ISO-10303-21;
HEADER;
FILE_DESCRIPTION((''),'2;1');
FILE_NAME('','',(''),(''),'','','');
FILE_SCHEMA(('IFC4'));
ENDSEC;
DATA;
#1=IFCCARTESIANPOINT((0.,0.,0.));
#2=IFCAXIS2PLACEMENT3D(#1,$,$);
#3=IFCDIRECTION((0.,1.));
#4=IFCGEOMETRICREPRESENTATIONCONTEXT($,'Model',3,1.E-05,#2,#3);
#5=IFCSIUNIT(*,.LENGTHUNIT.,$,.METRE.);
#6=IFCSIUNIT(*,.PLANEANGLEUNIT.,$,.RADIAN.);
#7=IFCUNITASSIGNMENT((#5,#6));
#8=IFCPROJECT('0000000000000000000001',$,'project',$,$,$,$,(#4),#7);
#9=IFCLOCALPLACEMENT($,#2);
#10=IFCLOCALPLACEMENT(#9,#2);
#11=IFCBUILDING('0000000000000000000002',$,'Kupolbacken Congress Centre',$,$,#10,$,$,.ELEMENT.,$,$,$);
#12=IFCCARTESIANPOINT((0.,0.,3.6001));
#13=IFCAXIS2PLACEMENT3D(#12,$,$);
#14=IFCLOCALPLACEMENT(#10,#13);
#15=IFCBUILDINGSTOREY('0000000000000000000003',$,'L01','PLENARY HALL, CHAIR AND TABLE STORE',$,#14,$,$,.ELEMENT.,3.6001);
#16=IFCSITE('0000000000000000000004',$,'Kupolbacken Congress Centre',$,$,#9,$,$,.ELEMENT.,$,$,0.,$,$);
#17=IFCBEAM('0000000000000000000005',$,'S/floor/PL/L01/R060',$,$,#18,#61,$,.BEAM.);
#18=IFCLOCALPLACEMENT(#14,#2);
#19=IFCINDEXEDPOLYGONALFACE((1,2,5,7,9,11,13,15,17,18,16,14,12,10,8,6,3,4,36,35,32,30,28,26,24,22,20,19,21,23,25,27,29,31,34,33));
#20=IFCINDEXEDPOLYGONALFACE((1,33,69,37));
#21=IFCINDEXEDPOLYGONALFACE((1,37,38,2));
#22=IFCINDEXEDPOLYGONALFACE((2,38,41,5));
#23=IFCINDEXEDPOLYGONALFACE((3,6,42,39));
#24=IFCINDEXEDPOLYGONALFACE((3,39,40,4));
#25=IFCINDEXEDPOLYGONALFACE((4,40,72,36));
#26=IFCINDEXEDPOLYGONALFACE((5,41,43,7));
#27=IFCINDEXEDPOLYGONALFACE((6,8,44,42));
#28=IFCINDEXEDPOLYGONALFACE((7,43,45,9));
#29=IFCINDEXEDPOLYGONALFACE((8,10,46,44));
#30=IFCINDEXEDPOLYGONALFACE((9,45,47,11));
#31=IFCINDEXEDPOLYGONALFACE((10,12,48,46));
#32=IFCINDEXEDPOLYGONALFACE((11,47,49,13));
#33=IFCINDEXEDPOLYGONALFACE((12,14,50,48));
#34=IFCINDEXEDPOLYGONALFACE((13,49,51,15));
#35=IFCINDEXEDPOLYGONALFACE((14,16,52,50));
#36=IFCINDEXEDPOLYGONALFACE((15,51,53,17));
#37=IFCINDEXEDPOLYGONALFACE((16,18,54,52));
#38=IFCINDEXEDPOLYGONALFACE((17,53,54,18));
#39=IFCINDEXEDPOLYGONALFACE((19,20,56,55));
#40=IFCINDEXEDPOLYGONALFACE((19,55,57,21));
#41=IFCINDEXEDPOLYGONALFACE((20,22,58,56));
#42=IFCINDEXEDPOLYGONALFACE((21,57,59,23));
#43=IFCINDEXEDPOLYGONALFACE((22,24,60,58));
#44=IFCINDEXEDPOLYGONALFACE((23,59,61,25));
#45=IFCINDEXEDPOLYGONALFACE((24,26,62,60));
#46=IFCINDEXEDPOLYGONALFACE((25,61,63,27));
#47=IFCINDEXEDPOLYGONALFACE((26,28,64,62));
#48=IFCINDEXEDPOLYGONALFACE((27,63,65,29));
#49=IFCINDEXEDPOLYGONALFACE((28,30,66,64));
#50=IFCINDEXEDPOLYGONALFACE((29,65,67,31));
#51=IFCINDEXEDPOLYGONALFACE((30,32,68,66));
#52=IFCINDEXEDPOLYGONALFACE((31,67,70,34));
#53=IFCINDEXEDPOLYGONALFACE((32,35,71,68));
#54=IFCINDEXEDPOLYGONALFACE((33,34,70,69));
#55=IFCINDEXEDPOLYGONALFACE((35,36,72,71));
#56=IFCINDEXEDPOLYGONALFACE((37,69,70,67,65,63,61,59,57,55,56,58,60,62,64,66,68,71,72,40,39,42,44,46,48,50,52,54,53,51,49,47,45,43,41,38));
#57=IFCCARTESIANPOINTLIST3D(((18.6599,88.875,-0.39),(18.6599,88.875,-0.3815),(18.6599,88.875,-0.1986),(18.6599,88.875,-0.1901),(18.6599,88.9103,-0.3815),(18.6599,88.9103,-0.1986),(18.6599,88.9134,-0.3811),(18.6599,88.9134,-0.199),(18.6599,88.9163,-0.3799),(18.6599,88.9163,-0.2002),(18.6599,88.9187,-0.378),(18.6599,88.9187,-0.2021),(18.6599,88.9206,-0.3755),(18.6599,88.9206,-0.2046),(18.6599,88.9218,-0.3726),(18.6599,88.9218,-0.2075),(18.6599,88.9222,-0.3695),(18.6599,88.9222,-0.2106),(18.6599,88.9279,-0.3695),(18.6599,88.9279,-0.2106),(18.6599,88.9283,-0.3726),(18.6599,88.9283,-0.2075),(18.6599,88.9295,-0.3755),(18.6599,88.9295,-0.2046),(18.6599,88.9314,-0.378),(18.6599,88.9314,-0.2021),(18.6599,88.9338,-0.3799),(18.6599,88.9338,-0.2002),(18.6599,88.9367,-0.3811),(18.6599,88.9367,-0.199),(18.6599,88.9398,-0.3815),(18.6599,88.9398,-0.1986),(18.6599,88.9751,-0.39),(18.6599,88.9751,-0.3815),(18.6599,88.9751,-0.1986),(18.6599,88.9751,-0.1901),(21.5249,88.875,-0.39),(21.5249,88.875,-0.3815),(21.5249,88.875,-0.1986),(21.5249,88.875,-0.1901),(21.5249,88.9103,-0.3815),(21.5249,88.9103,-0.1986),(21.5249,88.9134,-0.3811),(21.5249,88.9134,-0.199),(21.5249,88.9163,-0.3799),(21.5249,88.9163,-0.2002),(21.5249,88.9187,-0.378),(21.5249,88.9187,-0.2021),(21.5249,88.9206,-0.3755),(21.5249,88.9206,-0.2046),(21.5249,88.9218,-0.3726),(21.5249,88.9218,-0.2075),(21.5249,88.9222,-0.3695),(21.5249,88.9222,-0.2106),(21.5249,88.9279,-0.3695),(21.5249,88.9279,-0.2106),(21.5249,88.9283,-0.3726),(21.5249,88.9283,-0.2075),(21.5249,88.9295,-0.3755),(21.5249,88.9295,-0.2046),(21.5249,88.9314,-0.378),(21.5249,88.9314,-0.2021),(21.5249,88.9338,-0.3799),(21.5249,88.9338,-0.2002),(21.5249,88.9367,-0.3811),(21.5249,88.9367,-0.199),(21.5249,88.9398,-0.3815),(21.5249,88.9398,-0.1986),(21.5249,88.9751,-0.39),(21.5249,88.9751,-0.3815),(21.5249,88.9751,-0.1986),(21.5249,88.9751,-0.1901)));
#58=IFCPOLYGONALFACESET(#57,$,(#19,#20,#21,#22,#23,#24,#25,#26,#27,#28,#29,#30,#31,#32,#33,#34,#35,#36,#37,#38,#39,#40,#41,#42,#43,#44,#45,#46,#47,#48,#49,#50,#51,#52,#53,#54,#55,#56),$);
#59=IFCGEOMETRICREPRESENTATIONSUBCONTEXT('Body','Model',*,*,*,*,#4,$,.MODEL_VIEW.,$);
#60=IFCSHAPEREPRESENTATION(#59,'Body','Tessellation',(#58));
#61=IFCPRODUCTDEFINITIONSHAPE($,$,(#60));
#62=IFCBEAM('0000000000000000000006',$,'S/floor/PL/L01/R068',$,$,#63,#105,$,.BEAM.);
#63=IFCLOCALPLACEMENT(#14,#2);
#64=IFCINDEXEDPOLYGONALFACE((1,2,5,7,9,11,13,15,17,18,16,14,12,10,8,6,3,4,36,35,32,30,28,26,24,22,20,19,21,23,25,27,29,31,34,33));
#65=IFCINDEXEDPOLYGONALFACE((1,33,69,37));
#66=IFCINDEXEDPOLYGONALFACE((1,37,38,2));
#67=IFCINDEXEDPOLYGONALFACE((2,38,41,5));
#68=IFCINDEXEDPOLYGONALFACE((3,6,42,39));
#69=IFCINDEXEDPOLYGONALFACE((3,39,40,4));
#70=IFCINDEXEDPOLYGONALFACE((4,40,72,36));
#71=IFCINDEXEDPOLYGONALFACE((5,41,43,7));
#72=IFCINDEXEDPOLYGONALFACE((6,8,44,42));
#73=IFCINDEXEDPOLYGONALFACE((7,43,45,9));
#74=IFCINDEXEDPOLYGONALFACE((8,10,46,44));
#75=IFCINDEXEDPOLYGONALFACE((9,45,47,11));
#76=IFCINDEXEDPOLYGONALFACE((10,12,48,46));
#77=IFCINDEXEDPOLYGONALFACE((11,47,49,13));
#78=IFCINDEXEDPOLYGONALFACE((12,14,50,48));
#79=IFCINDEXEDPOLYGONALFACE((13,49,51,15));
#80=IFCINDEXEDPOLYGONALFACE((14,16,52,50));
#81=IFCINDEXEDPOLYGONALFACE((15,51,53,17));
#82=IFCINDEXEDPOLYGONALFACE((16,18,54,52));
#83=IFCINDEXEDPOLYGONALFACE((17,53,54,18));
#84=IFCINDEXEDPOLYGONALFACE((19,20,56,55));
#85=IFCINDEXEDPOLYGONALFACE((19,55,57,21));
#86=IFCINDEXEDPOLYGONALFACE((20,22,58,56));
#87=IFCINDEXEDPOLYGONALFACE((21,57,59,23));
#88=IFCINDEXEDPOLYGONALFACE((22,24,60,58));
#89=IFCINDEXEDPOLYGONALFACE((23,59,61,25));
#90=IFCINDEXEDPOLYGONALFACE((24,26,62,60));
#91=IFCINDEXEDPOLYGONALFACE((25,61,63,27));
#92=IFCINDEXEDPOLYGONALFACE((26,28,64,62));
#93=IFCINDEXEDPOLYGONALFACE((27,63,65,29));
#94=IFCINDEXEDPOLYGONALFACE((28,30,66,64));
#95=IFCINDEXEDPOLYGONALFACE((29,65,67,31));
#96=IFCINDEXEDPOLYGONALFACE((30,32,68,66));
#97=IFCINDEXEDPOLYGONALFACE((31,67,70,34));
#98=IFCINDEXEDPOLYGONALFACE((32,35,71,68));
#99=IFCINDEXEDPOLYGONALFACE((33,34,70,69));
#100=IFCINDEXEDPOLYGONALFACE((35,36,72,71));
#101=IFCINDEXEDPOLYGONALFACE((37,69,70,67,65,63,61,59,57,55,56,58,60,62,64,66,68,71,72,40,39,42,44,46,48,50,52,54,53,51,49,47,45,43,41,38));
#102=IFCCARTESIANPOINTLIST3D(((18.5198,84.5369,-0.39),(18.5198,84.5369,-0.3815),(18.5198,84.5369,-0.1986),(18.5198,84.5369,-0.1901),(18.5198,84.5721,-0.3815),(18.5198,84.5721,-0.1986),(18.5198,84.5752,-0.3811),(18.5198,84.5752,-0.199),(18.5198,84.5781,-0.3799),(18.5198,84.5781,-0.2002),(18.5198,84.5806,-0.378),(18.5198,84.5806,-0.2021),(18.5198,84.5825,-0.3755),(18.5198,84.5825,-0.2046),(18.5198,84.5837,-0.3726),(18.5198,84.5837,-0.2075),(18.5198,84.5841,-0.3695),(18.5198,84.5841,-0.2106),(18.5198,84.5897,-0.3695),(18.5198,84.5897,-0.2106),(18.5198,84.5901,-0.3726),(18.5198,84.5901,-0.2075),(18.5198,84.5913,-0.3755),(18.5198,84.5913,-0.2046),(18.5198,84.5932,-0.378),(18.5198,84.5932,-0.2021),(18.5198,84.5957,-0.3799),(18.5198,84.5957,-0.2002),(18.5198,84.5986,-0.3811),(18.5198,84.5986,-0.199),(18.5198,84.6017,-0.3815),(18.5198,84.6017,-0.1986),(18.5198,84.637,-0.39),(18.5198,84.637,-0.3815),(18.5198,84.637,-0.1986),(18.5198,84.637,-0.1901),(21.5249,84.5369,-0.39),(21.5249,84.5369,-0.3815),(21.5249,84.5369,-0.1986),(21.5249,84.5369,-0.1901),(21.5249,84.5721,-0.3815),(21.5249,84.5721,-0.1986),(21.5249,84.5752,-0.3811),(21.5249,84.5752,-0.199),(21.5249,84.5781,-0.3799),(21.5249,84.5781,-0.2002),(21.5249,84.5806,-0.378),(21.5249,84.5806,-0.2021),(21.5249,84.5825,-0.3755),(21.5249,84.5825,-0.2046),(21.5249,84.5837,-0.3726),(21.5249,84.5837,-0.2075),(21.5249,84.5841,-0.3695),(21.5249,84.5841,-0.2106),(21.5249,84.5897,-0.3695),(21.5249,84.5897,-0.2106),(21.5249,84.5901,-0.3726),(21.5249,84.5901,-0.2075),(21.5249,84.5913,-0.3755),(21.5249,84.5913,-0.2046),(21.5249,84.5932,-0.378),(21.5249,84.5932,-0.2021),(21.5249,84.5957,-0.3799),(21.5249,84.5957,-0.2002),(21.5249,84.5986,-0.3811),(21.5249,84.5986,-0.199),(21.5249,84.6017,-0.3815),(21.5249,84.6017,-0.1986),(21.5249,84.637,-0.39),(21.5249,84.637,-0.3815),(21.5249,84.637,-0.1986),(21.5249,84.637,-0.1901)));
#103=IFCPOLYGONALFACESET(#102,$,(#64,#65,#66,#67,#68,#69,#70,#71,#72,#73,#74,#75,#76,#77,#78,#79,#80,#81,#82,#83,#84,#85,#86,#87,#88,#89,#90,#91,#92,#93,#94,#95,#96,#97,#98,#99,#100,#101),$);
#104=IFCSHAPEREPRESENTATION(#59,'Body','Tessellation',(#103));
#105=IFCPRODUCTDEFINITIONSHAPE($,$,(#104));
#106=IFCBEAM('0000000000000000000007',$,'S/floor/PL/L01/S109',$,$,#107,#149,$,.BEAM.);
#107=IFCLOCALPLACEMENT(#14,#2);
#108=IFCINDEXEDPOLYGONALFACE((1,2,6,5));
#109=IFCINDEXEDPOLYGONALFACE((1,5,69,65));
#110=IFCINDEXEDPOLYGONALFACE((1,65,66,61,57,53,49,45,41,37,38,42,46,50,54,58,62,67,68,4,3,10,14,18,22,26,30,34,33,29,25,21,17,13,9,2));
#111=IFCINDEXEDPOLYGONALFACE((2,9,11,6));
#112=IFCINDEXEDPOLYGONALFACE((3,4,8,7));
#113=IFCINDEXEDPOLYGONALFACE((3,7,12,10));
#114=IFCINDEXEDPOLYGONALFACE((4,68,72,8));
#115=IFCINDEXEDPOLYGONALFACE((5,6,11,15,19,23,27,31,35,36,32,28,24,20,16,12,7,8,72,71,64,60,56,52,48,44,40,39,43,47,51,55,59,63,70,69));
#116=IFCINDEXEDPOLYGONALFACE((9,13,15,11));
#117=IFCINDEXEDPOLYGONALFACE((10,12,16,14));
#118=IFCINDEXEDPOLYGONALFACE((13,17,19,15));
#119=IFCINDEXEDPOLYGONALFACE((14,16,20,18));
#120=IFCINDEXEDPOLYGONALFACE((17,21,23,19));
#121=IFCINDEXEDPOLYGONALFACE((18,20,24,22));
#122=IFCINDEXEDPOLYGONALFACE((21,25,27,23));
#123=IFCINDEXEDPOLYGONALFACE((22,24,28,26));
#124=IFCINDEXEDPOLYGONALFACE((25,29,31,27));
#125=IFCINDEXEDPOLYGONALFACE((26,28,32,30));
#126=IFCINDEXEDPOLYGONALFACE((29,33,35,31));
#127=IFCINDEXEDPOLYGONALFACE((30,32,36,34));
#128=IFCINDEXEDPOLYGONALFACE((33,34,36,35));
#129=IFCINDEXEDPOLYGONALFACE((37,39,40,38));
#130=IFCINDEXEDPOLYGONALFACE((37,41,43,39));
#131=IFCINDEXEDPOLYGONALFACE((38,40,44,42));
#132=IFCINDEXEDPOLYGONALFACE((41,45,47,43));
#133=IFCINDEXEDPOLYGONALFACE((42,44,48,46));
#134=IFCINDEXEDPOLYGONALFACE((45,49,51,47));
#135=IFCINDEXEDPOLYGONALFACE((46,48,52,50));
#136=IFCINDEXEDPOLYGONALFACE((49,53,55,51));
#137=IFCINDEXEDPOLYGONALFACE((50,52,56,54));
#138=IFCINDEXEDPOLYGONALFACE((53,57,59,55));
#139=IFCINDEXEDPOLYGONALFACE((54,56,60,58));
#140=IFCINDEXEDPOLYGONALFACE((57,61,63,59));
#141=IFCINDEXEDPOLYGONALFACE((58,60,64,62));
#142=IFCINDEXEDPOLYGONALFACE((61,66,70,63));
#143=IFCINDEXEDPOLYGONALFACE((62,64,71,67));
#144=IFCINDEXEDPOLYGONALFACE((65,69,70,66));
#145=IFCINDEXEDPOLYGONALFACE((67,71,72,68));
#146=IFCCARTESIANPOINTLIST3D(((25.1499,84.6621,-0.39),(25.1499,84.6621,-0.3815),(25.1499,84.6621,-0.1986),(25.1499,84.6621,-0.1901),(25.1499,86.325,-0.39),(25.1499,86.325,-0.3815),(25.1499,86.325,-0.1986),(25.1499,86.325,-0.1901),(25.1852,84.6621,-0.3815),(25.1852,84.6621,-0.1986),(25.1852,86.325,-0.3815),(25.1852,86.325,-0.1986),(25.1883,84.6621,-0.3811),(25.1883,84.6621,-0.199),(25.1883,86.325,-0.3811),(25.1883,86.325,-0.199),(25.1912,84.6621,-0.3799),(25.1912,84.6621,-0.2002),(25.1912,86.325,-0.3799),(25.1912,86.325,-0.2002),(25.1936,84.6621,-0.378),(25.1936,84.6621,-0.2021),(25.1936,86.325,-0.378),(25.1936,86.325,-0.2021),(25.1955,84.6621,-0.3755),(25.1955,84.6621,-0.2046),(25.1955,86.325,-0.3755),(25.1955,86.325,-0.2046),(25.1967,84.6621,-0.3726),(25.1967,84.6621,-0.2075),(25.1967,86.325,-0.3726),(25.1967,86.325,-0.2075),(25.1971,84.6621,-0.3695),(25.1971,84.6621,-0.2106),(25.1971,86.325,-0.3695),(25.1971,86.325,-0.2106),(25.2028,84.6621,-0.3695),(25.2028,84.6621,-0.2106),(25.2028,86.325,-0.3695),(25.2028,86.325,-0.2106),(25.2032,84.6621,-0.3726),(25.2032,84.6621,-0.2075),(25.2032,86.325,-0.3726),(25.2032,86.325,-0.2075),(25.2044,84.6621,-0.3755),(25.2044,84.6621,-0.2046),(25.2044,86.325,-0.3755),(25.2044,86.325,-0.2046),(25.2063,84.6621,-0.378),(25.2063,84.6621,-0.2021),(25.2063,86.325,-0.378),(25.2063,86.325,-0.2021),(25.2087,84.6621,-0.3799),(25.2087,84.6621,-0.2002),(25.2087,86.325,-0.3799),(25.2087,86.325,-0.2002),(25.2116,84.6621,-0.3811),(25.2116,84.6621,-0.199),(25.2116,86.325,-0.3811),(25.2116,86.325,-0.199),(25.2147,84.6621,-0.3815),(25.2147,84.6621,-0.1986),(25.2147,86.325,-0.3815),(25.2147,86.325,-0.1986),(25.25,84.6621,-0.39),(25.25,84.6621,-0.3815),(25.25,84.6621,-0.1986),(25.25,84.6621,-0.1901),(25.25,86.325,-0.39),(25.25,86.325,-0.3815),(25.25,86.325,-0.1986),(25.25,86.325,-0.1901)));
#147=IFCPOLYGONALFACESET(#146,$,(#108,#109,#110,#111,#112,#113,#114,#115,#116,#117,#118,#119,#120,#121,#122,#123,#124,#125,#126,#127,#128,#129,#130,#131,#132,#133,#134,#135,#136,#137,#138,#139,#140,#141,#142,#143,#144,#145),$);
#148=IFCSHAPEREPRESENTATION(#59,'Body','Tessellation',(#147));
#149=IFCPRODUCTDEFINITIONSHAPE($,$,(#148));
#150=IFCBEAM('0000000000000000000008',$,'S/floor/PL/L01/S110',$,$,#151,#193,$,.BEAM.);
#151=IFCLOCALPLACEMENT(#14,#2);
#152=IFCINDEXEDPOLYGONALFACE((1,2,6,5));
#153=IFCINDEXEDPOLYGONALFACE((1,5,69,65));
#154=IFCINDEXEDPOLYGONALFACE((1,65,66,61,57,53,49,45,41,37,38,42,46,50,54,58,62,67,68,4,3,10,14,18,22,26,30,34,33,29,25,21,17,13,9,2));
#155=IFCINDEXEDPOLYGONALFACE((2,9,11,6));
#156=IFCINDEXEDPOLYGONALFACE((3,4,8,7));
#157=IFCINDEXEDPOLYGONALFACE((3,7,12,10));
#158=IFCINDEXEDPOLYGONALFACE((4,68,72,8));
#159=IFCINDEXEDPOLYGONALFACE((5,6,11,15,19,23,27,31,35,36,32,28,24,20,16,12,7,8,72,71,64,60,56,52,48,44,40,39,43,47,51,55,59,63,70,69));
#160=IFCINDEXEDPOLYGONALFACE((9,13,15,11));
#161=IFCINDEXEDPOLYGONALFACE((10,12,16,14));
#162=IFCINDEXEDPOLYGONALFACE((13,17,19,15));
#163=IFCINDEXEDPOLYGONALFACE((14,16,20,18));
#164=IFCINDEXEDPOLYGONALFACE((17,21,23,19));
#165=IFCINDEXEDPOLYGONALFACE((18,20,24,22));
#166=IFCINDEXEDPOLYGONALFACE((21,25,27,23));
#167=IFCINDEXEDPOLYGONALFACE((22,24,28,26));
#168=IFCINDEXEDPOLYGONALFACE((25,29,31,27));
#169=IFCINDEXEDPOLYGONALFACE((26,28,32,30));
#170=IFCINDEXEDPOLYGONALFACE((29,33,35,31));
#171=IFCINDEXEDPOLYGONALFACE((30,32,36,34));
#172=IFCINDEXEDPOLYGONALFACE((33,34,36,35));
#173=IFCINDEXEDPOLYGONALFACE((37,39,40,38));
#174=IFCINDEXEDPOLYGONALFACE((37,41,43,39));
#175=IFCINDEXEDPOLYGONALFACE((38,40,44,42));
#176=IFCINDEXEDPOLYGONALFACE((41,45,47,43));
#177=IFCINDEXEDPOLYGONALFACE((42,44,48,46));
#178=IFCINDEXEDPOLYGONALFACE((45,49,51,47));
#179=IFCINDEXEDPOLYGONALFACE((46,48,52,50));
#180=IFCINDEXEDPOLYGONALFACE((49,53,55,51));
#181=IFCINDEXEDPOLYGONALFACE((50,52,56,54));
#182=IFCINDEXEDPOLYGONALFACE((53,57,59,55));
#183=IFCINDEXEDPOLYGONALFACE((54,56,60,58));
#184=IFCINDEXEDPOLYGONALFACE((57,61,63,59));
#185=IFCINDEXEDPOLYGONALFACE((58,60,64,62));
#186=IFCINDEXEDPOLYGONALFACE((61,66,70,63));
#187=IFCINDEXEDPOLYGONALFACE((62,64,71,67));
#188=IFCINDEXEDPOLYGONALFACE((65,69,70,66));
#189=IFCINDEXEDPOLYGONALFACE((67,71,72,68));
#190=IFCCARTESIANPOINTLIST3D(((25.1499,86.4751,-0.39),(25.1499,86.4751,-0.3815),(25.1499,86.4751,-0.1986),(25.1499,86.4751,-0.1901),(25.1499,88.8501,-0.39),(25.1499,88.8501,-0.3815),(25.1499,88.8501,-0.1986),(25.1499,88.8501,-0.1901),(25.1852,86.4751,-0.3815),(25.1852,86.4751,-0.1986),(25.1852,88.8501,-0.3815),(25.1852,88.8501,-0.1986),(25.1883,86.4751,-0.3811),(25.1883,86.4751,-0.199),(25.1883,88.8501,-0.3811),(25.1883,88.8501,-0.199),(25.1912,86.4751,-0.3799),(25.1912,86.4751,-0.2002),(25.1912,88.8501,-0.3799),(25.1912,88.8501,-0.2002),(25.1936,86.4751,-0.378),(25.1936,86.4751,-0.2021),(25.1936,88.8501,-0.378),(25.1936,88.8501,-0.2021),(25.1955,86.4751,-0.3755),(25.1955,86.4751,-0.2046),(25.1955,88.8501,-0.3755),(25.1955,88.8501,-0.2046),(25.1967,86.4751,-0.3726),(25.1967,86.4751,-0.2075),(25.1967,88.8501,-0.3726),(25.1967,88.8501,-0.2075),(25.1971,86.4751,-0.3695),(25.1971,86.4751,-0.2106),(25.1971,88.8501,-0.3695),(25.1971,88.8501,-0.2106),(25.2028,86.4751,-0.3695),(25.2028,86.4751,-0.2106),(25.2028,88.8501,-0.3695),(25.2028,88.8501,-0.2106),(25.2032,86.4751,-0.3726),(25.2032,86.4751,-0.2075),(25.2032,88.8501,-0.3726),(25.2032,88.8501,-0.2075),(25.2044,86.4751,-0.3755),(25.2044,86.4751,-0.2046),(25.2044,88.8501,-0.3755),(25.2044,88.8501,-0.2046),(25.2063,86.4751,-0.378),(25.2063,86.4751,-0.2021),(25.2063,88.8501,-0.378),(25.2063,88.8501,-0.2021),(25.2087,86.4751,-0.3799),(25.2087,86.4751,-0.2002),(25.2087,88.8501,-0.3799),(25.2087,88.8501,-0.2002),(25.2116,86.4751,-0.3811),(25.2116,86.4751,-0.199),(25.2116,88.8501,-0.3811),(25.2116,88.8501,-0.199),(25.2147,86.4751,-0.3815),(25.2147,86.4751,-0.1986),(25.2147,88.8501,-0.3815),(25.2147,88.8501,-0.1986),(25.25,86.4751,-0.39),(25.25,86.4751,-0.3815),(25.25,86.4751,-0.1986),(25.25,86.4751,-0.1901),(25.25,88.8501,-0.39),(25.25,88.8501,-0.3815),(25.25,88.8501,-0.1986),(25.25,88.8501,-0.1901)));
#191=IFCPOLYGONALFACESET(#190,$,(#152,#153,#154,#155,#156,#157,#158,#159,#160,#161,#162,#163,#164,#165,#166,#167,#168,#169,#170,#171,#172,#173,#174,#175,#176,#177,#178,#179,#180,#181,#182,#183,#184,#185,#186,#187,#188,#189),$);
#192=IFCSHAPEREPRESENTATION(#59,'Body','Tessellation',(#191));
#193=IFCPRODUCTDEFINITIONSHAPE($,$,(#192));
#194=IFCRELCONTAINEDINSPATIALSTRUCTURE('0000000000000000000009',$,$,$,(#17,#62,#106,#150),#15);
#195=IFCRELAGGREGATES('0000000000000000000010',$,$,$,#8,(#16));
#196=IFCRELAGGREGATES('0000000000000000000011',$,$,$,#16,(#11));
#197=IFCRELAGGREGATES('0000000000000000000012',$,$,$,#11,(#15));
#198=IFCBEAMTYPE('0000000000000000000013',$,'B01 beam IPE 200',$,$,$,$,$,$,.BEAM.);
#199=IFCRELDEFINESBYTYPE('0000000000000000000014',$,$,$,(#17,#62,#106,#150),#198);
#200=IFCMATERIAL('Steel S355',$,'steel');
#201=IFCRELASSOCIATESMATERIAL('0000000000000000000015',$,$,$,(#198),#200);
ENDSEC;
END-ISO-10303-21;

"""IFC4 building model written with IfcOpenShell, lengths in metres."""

from ifc_helpers import new_model, si_unit, direction, frame, origin, origin_2d, place, context, subcontext, project, spatial, i_section, extrude, material, material_profile, profile_set, type_object, element, save


model = new_model("IFC4")

# Units and contexts
model_context = context("Model", 3, precision=1e-05, world=origin(), true_north=direction((0.0, 1.0)))
body_context = subcontext(model_context, "Body", "Model", "MODEL_VIEW")
ifc_project = project(units=[si_unit("LENGTHUNIT", "METRE"), si_unit("PLANEANGLEUNIT", "RADIAN")], contexts=[model_context])

# Site, building, storey
site_placement = place(None, origin())
site = spatial("IfcSite", under=ifc_project, at=site_placement, Name="Kupolbacken Congress Centre", CompositionType="ELEMENT", RefElevation=0.0)
building_placement = place(site_placement, origin())
building = spatial("IfcBuilding", under=site, at=building_placement, Name="Kupolbacken Congress Centre", CompositionType="ELEMENT")
storey_placement = place(building_placement, frame((0.0, 0.0, 3.6001)))
storey = spatial("IfcBuildingStorey", under=building, at=storey_placement, Name="L01", Description="PLENARY HALL, CHAIR AND TABLE STORE", CompositionType="ELEMENT", Elevation=3.6001)

# Beams
ifc_material_1 = material(Name="Steel S355", Category="steel")
ifc_material_profile_1 = material_profile(ifc_material_1, i_section(OverallWidth=0.1001, OverallDepth=0.2, WebThickness=0.0056, FlangeThickness=0.0085, FilletRadius=0.012, at=origin_2d()), Name="IPE 200")
ifc_profile_set_1 = profile_set([ifc_material_profile_1], Name="Steel S355")
beam_type_1 = type_object("IfcBeamType", Name="B01 beam IPE 200", PredefinedType="BEAM", material=ifc_profile_set_1)
beam_1_placement = place(storey_placement, frame((18.6599, 88.925, -0.29), z_axis=(1.0, 0.0, 0.0), x_axis=(0.0, 1.0, 0.0)))
element("IfcBeam", 1, at=beam_1_placement, inside=storey, type_object=beam_type_1, Name="S/floor/PL/L01/R060", PredefinedType="BEAM", context=body_context, shape_type="SweptSolid", body=[
    extrude(i_section(OverallWidth=0.1001, OverallDepth=0.2, WebThickness=0.0056, FlangeThickness=0.0085, FilletRadius=0.012, at=origin_2d()), origin(), (0.0, 0.0, 1.0), 2.865),
])
beam_2_placement = place(storey_placement, frame((18.5198, 84.5869, -0.29), z_axis=(1.0, 0.0, 0.0), x_axis=(0.0, 1.0, 0.0)))
element("IfcBeam", 2, at=beam_2_placement, inside=storey, type_object=beam_type_1, Name="S/floor/PL/L01/R068", PredefinedType="BEAM", context=body_context, shape_type="SweptSolid", body=[
    extrude(i_section(OverallWidth=0.1001, OverallDepth=0.2, WebThickness=0.0056, FlangeThickness=0.0085, FilletRadius=0.012, at=origin_2d()), origin(), (0.0, 0.0, 1.0), 3.0051),
])
beam_3_placement = place(storey_placement, frame((25.2, 84.6621, -0.29), z_axis=(0.0, 1.0, 0.0), x_axis=(-1.0, 0.0, 0.0)))
element("IfcBeam", 3, at=beam_3_placement, inside=storey, type_object=beam_type_1, Name="S/floor/PL/L01/S109", PredefinedType="BEAM", context=body_context, shape_type="SweptSolid", body=[
    extrude(i_section(OverallWidth=0.1001, OverallDepth=0.2, WebThickness=0.0056, FlangeThickness=0.0085, FilletRadius=0.012, at=origin_2d()), origin(), (0.0, 0.0, 1.0), 1.6628),
])
beam_4_placement = place(storey_placement, frame((25.2, 86.4751, -0.29), z_axis=(0.0, 1.0, 0.0), x_axis=(-1.0, 0.0, 0.0)))
element("IfcBeam", 4, at=beam_4_placement, inside=storey, type_object=beam_type_1, Name="S/floor/PL/L01/S110", PredefinedType="BEAM", context=body_context, shape_type="SweptSolid", body=[
    extrude(i_section(OverallWidth=0.1001, OverallDepth=0.2, WebThickness=0.0056, FlangeThickness=0.0085, FilletRadius=0.012, at=origin_2d()), origin(), (0.0, 0.0, 1.0), 2.375),
])

save(model, "model.ifc")
